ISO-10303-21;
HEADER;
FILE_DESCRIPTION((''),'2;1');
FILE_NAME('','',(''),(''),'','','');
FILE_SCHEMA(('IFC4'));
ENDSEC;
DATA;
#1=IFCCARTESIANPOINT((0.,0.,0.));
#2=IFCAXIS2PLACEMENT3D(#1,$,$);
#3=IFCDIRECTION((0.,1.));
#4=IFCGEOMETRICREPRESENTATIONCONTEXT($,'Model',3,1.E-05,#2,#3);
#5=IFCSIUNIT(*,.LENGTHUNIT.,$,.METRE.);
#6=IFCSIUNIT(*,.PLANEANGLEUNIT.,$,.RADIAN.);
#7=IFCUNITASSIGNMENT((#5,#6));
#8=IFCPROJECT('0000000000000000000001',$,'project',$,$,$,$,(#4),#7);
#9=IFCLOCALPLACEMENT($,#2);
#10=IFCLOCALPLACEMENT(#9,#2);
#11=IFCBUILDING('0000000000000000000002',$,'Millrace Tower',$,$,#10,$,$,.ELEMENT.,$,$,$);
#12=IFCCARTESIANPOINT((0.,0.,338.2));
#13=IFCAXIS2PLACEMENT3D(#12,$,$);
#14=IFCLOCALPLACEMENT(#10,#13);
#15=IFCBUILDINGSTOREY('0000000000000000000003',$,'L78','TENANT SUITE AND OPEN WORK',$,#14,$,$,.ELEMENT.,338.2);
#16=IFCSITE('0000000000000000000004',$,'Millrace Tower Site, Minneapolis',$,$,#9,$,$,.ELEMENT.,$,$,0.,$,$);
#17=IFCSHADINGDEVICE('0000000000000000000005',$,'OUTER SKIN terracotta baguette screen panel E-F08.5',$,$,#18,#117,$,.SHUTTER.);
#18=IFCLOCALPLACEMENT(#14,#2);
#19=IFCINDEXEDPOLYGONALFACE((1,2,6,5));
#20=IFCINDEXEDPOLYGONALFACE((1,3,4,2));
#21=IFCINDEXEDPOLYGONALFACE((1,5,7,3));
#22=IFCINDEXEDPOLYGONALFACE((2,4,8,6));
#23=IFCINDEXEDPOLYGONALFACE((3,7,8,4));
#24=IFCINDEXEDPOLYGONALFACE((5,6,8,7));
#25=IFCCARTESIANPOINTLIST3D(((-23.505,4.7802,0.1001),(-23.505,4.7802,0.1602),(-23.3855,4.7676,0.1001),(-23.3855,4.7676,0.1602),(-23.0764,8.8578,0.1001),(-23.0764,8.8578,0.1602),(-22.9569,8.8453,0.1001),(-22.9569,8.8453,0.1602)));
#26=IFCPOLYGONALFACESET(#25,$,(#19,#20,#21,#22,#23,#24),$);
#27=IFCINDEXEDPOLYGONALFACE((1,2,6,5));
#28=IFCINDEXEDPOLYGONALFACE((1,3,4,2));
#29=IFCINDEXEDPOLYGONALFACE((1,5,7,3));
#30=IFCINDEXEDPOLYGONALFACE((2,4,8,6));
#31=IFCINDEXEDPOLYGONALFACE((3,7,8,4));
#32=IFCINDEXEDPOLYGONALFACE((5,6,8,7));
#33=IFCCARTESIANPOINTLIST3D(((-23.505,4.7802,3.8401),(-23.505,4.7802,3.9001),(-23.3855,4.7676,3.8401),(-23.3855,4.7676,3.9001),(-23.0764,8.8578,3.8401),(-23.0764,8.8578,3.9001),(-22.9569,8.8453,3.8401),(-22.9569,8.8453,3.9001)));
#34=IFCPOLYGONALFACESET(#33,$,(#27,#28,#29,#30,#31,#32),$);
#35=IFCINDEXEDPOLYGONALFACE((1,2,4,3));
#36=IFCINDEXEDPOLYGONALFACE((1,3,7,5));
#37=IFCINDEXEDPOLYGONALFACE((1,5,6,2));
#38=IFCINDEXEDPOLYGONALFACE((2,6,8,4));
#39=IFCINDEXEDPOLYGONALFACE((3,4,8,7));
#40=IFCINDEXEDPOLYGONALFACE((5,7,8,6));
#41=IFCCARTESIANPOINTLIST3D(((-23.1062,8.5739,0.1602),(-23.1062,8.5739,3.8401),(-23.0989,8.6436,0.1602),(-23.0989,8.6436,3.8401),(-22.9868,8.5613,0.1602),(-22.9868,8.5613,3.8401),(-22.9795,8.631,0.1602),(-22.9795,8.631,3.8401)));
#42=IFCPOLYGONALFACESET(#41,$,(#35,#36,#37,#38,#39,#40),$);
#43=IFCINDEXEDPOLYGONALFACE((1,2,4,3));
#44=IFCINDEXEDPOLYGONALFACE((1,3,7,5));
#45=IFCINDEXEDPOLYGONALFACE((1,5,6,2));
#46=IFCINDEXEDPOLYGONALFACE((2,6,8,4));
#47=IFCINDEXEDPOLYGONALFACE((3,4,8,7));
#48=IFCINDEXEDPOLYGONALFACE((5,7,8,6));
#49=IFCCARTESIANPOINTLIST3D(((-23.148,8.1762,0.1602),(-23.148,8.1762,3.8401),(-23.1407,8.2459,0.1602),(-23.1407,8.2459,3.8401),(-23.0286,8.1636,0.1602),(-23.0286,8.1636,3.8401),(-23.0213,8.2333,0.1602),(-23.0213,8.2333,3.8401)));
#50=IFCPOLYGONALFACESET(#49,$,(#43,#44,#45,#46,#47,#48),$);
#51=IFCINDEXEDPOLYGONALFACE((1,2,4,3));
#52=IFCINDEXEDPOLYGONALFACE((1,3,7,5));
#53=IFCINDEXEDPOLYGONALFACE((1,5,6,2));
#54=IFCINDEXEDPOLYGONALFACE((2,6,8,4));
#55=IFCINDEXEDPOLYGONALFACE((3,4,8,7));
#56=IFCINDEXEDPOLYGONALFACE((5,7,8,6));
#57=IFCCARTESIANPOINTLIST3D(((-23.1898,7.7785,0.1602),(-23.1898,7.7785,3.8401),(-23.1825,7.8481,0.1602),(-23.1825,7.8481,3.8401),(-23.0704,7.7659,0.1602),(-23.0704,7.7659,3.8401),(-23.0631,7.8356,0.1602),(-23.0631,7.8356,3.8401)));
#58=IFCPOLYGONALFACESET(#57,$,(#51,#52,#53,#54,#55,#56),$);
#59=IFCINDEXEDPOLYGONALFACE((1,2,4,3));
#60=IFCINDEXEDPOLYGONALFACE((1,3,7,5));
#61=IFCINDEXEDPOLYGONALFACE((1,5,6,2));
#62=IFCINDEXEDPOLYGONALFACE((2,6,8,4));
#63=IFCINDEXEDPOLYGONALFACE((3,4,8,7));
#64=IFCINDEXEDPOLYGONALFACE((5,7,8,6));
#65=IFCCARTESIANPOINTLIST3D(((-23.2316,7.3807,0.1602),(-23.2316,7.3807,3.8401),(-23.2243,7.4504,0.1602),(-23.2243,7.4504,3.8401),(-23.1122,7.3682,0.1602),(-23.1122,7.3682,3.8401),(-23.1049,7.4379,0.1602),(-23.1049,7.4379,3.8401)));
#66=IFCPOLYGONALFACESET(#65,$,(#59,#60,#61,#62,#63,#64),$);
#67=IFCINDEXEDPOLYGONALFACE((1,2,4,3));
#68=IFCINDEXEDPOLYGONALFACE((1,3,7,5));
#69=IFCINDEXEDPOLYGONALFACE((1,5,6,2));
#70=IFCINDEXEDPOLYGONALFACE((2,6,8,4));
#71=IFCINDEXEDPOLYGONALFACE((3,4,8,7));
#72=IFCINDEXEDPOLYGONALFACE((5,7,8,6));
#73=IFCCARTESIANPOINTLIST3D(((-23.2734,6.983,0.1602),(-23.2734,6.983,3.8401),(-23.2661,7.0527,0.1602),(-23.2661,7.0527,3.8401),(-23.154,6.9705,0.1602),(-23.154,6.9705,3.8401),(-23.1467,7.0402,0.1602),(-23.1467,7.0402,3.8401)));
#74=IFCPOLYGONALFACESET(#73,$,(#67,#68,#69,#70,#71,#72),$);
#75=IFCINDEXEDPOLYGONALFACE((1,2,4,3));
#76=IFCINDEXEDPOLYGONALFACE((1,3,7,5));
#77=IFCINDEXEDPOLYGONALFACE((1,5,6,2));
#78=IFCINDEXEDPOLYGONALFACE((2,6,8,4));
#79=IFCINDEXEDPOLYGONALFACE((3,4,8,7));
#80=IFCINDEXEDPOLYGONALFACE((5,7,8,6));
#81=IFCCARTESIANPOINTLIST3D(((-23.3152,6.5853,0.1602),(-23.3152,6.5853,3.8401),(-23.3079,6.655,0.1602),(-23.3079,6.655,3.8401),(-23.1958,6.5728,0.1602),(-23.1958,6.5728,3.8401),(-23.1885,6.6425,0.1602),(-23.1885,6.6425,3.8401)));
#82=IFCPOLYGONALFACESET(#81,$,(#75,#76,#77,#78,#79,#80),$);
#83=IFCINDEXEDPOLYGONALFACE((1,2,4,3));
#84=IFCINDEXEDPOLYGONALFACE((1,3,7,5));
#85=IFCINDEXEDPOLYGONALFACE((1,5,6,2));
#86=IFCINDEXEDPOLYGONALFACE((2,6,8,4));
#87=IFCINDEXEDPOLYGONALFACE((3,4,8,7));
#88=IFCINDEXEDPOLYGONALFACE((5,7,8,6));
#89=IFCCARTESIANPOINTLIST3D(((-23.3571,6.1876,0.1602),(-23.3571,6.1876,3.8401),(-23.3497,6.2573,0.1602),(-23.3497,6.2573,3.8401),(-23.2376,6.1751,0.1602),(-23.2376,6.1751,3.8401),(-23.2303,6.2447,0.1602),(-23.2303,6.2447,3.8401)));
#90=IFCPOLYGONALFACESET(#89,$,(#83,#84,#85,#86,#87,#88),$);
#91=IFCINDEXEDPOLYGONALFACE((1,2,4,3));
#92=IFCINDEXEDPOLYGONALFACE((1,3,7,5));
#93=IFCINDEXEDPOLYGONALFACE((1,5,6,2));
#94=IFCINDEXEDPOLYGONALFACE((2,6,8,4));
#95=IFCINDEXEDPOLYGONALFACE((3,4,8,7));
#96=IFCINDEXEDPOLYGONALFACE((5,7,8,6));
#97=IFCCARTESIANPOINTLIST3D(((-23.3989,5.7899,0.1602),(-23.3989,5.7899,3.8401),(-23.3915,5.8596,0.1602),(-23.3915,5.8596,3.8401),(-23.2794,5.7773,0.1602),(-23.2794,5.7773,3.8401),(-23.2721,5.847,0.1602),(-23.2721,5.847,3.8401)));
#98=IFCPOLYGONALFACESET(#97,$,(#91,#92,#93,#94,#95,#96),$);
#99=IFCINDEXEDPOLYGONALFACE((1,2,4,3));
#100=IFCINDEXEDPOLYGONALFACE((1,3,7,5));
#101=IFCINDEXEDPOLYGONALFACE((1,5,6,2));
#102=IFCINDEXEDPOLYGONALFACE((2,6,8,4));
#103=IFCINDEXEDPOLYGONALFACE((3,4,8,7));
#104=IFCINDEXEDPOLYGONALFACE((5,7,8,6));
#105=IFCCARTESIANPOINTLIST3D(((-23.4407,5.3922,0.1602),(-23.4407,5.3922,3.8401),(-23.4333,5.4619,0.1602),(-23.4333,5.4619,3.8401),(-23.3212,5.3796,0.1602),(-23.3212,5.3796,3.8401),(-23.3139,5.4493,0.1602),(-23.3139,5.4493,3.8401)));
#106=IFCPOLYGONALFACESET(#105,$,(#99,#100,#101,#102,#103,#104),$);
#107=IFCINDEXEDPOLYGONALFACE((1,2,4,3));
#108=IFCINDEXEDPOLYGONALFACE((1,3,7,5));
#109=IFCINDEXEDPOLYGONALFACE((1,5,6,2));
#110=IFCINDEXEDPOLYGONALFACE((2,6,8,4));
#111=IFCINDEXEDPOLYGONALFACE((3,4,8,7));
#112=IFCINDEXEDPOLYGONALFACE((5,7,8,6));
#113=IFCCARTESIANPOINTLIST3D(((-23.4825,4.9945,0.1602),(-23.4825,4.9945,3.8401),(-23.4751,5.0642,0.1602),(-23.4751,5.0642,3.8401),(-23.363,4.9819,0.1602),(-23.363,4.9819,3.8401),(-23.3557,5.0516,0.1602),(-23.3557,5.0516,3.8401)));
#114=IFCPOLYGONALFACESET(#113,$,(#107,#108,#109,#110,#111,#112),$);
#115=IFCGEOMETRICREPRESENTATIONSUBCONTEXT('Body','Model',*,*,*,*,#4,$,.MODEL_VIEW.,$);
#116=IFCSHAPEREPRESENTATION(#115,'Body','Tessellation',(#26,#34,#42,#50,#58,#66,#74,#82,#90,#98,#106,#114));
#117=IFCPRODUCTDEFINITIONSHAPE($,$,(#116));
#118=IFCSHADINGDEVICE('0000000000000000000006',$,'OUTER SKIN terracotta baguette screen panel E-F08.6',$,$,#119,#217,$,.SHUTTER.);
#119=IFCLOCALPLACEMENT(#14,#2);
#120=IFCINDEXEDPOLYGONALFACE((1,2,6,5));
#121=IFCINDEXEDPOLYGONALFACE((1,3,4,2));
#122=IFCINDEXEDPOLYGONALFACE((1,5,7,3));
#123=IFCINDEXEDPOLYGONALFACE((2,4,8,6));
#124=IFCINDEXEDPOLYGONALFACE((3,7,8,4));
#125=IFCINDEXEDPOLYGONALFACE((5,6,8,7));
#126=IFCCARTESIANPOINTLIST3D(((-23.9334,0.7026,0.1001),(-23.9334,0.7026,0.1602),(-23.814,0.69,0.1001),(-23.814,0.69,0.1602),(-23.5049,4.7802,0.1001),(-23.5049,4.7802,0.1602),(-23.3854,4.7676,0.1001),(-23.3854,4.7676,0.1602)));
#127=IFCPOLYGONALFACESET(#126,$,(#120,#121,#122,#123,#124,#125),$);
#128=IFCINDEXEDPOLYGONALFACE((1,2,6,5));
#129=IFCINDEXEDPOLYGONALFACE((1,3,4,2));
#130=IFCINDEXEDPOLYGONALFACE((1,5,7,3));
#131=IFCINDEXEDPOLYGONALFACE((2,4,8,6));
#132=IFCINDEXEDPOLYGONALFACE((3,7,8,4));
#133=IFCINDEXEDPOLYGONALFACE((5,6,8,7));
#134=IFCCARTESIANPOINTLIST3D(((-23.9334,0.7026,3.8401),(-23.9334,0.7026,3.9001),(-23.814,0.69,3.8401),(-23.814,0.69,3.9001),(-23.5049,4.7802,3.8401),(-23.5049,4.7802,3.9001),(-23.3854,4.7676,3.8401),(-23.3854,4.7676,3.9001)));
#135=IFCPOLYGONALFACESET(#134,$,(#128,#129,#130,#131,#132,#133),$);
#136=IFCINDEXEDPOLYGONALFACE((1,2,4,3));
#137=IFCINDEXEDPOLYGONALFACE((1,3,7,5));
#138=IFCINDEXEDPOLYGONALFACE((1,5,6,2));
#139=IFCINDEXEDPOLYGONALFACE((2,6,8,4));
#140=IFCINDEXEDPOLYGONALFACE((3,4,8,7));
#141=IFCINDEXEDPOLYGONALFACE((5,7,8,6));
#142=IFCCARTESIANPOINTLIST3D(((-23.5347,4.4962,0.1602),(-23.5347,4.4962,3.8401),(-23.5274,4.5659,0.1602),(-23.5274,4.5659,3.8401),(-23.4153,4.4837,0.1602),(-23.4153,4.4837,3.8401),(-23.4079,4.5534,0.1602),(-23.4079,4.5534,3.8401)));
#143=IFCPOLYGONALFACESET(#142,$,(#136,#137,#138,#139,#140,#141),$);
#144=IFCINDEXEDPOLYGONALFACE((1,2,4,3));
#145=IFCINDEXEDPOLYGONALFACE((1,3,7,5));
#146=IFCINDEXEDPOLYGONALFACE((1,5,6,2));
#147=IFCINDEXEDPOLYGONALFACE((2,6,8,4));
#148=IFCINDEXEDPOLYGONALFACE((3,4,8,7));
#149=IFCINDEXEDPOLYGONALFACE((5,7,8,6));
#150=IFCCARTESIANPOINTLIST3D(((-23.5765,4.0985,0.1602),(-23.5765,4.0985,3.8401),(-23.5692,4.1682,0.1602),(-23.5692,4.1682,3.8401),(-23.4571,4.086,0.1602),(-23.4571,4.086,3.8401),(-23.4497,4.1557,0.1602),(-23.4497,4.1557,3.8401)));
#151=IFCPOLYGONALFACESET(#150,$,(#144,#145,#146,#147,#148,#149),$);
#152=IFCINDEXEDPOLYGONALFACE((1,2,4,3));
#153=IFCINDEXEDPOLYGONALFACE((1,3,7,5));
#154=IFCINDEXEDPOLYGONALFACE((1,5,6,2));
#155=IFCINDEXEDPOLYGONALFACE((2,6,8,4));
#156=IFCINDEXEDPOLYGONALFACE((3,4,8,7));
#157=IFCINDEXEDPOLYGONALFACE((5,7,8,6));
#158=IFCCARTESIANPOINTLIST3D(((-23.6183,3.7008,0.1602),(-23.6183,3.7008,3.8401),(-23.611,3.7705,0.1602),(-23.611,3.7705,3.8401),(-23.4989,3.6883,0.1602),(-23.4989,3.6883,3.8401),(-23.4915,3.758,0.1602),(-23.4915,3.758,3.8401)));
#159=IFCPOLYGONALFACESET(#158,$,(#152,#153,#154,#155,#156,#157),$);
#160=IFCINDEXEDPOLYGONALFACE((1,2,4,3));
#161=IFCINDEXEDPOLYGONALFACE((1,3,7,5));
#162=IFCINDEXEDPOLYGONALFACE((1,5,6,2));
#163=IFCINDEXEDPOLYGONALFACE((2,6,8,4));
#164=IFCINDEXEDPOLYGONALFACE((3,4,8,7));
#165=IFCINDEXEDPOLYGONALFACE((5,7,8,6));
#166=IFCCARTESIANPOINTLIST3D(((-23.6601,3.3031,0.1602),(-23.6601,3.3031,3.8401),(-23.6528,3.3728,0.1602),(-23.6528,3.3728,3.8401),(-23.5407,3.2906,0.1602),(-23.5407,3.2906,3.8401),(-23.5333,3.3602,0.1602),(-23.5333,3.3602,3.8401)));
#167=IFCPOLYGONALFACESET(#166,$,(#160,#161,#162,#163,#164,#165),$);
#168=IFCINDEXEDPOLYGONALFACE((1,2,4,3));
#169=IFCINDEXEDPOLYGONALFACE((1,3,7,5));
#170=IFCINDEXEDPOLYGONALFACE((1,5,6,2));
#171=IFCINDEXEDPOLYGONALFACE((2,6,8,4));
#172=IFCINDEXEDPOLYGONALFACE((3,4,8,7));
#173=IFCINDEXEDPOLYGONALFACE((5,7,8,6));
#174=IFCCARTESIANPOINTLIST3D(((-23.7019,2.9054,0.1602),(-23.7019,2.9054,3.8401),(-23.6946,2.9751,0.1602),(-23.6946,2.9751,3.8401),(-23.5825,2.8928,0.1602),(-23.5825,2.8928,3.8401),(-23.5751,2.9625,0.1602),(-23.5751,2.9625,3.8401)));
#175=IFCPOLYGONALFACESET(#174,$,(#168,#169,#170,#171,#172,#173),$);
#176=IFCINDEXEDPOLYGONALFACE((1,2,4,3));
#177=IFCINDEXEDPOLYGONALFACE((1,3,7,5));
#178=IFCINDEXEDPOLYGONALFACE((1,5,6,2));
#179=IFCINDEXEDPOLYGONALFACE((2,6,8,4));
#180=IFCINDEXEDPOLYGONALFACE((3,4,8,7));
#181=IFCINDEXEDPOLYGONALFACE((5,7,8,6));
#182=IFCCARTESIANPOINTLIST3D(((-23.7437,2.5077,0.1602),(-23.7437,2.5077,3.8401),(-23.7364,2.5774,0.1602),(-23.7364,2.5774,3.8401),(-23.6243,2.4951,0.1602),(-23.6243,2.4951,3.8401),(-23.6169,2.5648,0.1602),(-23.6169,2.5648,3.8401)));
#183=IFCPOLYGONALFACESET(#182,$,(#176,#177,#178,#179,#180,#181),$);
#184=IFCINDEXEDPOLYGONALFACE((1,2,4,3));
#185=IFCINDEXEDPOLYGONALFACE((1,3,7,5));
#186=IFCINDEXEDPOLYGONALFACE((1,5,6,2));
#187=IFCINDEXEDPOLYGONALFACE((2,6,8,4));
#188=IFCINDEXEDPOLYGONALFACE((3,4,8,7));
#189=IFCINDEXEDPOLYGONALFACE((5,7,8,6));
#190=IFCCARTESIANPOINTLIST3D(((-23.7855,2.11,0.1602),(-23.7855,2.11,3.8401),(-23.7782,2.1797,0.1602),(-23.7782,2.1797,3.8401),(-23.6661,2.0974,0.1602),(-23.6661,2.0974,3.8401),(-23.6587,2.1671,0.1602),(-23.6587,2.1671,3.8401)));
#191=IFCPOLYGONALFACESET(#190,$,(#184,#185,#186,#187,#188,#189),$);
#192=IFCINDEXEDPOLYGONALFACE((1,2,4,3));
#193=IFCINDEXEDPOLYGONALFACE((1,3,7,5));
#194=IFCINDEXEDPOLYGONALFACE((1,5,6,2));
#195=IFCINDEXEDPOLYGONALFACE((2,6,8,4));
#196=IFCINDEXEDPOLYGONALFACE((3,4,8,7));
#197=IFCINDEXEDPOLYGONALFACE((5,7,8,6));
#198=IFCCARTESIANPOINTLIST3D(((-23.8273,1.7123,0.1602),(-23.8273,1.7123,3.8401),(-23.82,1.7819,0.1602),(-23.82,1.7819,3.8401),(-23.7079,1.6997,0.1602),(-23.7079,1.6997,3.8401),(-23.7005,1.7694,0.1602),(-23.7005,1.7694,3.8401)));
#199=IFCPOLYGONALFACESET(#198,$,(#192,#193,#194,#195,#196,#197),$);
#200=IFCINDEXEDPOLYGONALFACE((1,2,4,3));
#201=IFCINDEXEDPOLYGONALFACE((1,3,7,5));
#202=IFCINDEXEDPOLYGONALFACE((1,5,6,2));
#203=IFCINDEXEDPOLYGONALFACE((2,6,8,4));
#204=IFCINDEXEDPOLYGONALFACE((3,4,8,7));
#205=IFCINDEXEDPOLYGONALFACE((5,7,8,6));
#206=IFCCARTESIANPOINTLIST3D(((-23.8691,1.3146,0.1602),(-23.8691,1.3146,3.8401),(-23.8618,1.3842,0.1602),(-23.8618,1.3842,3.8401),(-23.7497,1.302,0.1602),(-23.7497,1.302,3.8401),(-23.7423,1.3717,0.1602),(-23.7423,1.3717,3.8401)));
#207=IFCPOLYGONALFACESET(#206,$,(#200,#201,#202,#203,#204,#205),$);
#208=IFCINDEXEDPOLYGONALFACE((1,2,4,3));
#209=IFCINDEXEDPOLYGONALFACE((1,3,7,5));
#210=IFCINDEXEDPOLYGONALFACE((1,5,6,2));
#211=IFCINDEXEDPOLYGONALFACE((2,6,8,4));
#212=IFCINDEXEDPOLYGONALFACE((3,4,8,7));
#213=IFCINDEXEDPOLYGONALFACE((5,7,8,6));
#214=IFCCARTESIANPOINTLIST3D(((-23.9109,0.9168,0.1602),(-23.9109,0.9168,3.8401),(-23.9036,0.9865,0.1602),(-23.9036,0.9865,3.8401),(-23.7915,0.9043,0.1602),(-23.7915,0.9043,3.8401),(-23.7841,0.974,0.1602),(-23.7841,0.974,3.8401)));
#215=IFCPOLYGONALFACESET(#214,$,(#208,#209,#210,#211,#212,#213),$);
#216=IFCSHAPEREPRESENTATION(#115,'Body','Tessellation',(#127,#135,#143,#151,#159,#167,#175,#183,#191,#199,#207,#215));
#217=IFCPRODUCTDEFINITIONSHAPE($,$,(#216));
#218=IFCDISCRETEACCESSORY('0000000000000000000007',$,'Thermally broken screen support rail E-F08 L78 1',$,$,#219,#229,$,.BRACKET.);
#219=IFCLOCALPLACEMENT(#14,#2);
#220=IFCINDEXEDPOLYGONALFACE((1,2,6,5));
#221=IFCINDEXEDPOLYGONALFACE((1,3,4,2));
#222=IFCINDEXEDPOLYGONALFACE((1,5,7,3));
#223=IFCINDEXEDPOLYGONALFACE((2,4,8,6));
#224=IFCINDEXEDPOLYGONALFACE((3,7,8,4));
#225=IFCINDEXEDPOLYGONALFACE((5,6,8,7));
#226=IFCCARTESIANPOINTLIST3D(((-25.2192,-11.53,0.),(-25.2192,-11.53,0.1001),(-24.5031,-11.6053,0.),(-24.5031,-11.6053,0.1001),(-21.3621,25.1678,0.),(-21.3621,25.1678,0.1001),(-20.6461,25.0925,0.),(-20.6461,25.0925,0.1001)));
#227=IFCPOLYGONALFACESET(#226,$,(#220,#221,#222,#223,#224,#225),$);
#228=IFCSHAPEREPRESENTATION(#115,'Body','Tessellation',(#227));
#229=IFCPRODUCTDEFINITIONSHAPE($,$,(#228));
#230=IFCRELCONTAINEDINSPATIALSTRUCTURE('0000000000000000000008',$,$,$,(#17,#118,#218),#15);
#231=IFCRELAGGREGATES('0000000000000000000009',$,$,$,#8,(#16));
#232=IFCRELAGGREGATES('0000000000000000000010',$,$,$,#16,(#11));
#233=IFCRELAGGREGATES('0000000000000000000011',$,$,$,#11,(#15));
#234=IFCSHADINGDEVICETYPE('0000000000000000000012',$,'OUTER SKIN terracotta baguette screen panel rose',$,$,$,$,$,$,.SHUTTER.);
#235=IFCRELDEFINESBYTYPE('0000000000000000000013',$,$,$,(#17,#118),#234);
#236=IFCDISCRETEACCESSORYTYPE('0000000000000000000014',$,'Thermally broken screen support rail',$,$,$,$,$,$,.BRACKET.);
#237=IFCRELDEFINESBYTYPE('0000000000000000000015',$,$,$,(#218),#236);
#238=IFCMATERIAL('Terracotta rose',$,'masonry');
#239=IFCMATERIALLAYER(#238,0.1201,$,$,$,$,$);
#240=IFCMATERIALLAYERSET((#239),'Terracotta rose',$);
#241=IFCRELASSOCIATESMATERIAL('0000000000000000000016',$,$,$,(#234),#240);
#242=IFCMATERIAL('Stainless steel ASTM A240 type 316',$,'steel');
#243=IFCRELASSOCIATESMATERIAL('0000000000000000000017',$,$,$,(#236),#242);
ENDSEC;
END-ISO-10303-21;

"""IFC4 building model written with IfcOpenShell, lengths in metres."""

from ifc_helpers import new_model, entity, si_unit, direction, frame, frame_2d, origin, origin_2d, place, context, subcontext, project, spatial, rectangle, extrude, source, transform, mapped, material, layer, layer_set, type_object, element, save


model = new_model("IFC4")

# Units and contexts
model_context = context("Model", 3, precision=1e-05, world=origin(), true_north=direction((0.0, 1.0)))
body_context = subcontext(model_context, "Body", "Model", "MODEL_VIEW")
ifc_project = project(units=[si_unit("LENGTHUNIT", "METRE"), si_unit("PLANEANGLEUNIT", "RADIAN")], contexts=[model_context])

# Site, building, storey
site_placement = place(None, origin())
site = spatial("IfcSite", under=ifc_project, at=site_placement, Name="Millrace Tower Site, Minneapolis", CompositionType="ELEMENT", RefElevation=0.0)
building_placement = place(site_placement, origin())
building = spatial("IfcBuilding", under=site, at=building_placement, Name="Millrace Tower", CompositionType="ELEMENT")
storey_placement = place(building_placement, frame((0.0, 0.0, 338.2)))
storey = spatial("IfcBuildingStorey", under=building, at=storey_placement, Name="L78", Description="TENANT SUITE AND OPEN WORK", CompositionType="ELEMENT", Elevation=338.2)

# Shading devices
ifc_material_1 = material(Name="Terracotta rose", Category="masonry")
ifc_layer_1 = layer(ifc_material_1, 0.1201)
ifc_layer_set_1 = layer_set([ifc_layer_1], Name="Terracotta rose")
shading_device_type = type_object("IfcShadingDeviceType", Name="OUTER SKIN terracotta baguette screen panel rose", PredefinedType="SHUTTER", material=ifc_layer_set_1)
cartesian_point = entity("IfcCartesianPoint", [-2.05, 0.0601])
shared_polyline = entity("IfcPolyline", [cartesian_point, entity("IfcCartesianPoint", [2.05, 0.0601]), entity("IfcCartesianPoint", [2.05, -0.0601]), entity("IfcCartesianPoint", [-2.05, -0.0601]), cartesian_point])
shared_shape = source(origin(), body_context, "Body", "SweptSolid", [
    entity("IfcExtrudedAreaSolid", entity("IfcArbitraryClosedProfileDef", "AREA", None, shared_polyline), entity("IfcAxis2Placement3D", entity("IfcCartesianPoint", [0.0, 0.0, 0.0])), entity("IfcDirection", [0.0, 0.0, 1.0]), 0.0601),
    entity("IfcExtrudedAreaSolid", entity("IfcArbitraryClosedProfileDef", "AREA", None, shared_polyline), entity("IfcAxis2Placement3D", entity("IfcCartesianPoint", [0.0, 0.0, 3.74])), entity("IfcDirection", [0.0, 0.0, 1.0]), 0.0601),
    extrude(rectangle(XDim=0.0701, YDim=0.1201, at=frame_2d((-1.7996, 0.0))), frame((0.0, 0.0, 0.0601)), (0.0, 0.0, 1.0), 3.6799),
    extrude(rectangle(XDim=0.0701, YDim=0.1201, at=frame_2d((-1.3997, 0.0))), frame((0.0, 0.0, 0.0601)), (0.0, 0.0, 1.0), 3.6799),
    extrude(rectangle(XDim=0.0701, YDim=0.1201, at=frame_2d((-0.9998, 0.0))), frame((0.0, 0.0, 0.0601)), (0.0, 0.0, 1.0), 3.6799),
    extrude(rectangle(XDim=0.0701, YDim=0.1201, at=frame_2d((-0.5999, 0.0))), frame((0.0, 0.0, 0.0601)), (0.0, 0.0, 1.0), 3.6799),
    extrude(rectangle(XDim=0.0701, YDim=0.1201, at=frame_2d((-0.2, 0.0))), frame((0.0, 0.0, 0.0601)), (0.0, 0.0, 1.0), 3.6799),
    extrude(rectangle(XDim=0.0701, YDim=0.1201, at=frame_2d((0.2, 0.0))), frame((0.0, 0.0, 0.0601)), (0.0, 0.0, 1.0), 3.6799),
    extrude(rectangle(XDim=0.0701, YDim=0.1201, at=frame_2d((0.5999, 0.0))), frame((0.0, 0.0, 0.0601)), (0.0, 0.0, 1.0), 3.6799),
    extrude(rectangle(XDim=0.0701, YDim=0.1201, at=frame_2d((0.9998, 0.0))), frame((0.0, 0.0, 0.0601)), (0.0, 0.0, 1.0), 3.6799),
    extrude(rectangle(XDim=0.0701, YDim=0.1201, at=frame_2d((1.3997, 0.0))), frame((0.0, 0.0, 0.0601)), (0.0, 0.0, 1.0), 3.6799),
    extrude(rectangle(XDim=0.0701, YDim=0.1201, at=frame_2d((1.7996, 0.0))), frame((0.0, 0.0, 0.0601)), (0.0, 0.0, 1.0), 3.6799),
])
for number, where, z_axis, x_axis, name in (
    (1, (-23.231, 6.8127, 0.1001), (0.0, 0.0, 1.0), (-0.104528, -0.994522, 0.0), "OUTER SKIN terracotta baguette screen panel E-F08.5"),
    (2, (-23.6594, 2.7351, 0.1001), (0.0, 0.0, 1.0), (-0.104528, -0.994522, 0.0), "OUTER SKIN terracotta baguette screen panel E-F08.6"),
):
    element("IfcShadingDevice", number, at=place(storey_placement, frame(where, z_axis=z_axis, x_axis=x_axis)), inside=storey, type_object=shading_device_type, Name=name, PredefinedType="SHUTTER", context=body_context, shape_type="MappedRepresentation", body=[
        mapped(shared_shape, transform((0.0, 0.0, 0.0), scale=1.0)),
    ])

# Discrete accessory
ifc_material_2 = material(Name="Stainless steel ASTM A240 type 316", Category="steel")
discrete_accessory_type = type_object("IfcDiscreteAccessoryType", Name="Thermally broken screen support rail", PredefinedType="BRACKET", material=ifc_material_2)
discrete_accessory_placement = place(storey_placement, frame((-22.9326, 6.7812, 0.0), z_axis=(0.0, 0.0, 1.0), x_axis=(-0.104528, -0.994522, 0.0)))
element("IfcDiscreteAccessory", 3, at=discrete_accessory_placement, inside=storey, type_object=discrete_accessory_type, Name="Thermally broken screen support rail E-F08 L78 1", PredefinedType="BRACKET", context=body_context, shape_type="SweptSolid", body=[
    extrude(rectangle(XDim=36.8999, YDim=0.72, at=origin_2d()), origin(), (0.0, 0.0, 1.0), 0.1001),
])

save(model, "model.ifc")
